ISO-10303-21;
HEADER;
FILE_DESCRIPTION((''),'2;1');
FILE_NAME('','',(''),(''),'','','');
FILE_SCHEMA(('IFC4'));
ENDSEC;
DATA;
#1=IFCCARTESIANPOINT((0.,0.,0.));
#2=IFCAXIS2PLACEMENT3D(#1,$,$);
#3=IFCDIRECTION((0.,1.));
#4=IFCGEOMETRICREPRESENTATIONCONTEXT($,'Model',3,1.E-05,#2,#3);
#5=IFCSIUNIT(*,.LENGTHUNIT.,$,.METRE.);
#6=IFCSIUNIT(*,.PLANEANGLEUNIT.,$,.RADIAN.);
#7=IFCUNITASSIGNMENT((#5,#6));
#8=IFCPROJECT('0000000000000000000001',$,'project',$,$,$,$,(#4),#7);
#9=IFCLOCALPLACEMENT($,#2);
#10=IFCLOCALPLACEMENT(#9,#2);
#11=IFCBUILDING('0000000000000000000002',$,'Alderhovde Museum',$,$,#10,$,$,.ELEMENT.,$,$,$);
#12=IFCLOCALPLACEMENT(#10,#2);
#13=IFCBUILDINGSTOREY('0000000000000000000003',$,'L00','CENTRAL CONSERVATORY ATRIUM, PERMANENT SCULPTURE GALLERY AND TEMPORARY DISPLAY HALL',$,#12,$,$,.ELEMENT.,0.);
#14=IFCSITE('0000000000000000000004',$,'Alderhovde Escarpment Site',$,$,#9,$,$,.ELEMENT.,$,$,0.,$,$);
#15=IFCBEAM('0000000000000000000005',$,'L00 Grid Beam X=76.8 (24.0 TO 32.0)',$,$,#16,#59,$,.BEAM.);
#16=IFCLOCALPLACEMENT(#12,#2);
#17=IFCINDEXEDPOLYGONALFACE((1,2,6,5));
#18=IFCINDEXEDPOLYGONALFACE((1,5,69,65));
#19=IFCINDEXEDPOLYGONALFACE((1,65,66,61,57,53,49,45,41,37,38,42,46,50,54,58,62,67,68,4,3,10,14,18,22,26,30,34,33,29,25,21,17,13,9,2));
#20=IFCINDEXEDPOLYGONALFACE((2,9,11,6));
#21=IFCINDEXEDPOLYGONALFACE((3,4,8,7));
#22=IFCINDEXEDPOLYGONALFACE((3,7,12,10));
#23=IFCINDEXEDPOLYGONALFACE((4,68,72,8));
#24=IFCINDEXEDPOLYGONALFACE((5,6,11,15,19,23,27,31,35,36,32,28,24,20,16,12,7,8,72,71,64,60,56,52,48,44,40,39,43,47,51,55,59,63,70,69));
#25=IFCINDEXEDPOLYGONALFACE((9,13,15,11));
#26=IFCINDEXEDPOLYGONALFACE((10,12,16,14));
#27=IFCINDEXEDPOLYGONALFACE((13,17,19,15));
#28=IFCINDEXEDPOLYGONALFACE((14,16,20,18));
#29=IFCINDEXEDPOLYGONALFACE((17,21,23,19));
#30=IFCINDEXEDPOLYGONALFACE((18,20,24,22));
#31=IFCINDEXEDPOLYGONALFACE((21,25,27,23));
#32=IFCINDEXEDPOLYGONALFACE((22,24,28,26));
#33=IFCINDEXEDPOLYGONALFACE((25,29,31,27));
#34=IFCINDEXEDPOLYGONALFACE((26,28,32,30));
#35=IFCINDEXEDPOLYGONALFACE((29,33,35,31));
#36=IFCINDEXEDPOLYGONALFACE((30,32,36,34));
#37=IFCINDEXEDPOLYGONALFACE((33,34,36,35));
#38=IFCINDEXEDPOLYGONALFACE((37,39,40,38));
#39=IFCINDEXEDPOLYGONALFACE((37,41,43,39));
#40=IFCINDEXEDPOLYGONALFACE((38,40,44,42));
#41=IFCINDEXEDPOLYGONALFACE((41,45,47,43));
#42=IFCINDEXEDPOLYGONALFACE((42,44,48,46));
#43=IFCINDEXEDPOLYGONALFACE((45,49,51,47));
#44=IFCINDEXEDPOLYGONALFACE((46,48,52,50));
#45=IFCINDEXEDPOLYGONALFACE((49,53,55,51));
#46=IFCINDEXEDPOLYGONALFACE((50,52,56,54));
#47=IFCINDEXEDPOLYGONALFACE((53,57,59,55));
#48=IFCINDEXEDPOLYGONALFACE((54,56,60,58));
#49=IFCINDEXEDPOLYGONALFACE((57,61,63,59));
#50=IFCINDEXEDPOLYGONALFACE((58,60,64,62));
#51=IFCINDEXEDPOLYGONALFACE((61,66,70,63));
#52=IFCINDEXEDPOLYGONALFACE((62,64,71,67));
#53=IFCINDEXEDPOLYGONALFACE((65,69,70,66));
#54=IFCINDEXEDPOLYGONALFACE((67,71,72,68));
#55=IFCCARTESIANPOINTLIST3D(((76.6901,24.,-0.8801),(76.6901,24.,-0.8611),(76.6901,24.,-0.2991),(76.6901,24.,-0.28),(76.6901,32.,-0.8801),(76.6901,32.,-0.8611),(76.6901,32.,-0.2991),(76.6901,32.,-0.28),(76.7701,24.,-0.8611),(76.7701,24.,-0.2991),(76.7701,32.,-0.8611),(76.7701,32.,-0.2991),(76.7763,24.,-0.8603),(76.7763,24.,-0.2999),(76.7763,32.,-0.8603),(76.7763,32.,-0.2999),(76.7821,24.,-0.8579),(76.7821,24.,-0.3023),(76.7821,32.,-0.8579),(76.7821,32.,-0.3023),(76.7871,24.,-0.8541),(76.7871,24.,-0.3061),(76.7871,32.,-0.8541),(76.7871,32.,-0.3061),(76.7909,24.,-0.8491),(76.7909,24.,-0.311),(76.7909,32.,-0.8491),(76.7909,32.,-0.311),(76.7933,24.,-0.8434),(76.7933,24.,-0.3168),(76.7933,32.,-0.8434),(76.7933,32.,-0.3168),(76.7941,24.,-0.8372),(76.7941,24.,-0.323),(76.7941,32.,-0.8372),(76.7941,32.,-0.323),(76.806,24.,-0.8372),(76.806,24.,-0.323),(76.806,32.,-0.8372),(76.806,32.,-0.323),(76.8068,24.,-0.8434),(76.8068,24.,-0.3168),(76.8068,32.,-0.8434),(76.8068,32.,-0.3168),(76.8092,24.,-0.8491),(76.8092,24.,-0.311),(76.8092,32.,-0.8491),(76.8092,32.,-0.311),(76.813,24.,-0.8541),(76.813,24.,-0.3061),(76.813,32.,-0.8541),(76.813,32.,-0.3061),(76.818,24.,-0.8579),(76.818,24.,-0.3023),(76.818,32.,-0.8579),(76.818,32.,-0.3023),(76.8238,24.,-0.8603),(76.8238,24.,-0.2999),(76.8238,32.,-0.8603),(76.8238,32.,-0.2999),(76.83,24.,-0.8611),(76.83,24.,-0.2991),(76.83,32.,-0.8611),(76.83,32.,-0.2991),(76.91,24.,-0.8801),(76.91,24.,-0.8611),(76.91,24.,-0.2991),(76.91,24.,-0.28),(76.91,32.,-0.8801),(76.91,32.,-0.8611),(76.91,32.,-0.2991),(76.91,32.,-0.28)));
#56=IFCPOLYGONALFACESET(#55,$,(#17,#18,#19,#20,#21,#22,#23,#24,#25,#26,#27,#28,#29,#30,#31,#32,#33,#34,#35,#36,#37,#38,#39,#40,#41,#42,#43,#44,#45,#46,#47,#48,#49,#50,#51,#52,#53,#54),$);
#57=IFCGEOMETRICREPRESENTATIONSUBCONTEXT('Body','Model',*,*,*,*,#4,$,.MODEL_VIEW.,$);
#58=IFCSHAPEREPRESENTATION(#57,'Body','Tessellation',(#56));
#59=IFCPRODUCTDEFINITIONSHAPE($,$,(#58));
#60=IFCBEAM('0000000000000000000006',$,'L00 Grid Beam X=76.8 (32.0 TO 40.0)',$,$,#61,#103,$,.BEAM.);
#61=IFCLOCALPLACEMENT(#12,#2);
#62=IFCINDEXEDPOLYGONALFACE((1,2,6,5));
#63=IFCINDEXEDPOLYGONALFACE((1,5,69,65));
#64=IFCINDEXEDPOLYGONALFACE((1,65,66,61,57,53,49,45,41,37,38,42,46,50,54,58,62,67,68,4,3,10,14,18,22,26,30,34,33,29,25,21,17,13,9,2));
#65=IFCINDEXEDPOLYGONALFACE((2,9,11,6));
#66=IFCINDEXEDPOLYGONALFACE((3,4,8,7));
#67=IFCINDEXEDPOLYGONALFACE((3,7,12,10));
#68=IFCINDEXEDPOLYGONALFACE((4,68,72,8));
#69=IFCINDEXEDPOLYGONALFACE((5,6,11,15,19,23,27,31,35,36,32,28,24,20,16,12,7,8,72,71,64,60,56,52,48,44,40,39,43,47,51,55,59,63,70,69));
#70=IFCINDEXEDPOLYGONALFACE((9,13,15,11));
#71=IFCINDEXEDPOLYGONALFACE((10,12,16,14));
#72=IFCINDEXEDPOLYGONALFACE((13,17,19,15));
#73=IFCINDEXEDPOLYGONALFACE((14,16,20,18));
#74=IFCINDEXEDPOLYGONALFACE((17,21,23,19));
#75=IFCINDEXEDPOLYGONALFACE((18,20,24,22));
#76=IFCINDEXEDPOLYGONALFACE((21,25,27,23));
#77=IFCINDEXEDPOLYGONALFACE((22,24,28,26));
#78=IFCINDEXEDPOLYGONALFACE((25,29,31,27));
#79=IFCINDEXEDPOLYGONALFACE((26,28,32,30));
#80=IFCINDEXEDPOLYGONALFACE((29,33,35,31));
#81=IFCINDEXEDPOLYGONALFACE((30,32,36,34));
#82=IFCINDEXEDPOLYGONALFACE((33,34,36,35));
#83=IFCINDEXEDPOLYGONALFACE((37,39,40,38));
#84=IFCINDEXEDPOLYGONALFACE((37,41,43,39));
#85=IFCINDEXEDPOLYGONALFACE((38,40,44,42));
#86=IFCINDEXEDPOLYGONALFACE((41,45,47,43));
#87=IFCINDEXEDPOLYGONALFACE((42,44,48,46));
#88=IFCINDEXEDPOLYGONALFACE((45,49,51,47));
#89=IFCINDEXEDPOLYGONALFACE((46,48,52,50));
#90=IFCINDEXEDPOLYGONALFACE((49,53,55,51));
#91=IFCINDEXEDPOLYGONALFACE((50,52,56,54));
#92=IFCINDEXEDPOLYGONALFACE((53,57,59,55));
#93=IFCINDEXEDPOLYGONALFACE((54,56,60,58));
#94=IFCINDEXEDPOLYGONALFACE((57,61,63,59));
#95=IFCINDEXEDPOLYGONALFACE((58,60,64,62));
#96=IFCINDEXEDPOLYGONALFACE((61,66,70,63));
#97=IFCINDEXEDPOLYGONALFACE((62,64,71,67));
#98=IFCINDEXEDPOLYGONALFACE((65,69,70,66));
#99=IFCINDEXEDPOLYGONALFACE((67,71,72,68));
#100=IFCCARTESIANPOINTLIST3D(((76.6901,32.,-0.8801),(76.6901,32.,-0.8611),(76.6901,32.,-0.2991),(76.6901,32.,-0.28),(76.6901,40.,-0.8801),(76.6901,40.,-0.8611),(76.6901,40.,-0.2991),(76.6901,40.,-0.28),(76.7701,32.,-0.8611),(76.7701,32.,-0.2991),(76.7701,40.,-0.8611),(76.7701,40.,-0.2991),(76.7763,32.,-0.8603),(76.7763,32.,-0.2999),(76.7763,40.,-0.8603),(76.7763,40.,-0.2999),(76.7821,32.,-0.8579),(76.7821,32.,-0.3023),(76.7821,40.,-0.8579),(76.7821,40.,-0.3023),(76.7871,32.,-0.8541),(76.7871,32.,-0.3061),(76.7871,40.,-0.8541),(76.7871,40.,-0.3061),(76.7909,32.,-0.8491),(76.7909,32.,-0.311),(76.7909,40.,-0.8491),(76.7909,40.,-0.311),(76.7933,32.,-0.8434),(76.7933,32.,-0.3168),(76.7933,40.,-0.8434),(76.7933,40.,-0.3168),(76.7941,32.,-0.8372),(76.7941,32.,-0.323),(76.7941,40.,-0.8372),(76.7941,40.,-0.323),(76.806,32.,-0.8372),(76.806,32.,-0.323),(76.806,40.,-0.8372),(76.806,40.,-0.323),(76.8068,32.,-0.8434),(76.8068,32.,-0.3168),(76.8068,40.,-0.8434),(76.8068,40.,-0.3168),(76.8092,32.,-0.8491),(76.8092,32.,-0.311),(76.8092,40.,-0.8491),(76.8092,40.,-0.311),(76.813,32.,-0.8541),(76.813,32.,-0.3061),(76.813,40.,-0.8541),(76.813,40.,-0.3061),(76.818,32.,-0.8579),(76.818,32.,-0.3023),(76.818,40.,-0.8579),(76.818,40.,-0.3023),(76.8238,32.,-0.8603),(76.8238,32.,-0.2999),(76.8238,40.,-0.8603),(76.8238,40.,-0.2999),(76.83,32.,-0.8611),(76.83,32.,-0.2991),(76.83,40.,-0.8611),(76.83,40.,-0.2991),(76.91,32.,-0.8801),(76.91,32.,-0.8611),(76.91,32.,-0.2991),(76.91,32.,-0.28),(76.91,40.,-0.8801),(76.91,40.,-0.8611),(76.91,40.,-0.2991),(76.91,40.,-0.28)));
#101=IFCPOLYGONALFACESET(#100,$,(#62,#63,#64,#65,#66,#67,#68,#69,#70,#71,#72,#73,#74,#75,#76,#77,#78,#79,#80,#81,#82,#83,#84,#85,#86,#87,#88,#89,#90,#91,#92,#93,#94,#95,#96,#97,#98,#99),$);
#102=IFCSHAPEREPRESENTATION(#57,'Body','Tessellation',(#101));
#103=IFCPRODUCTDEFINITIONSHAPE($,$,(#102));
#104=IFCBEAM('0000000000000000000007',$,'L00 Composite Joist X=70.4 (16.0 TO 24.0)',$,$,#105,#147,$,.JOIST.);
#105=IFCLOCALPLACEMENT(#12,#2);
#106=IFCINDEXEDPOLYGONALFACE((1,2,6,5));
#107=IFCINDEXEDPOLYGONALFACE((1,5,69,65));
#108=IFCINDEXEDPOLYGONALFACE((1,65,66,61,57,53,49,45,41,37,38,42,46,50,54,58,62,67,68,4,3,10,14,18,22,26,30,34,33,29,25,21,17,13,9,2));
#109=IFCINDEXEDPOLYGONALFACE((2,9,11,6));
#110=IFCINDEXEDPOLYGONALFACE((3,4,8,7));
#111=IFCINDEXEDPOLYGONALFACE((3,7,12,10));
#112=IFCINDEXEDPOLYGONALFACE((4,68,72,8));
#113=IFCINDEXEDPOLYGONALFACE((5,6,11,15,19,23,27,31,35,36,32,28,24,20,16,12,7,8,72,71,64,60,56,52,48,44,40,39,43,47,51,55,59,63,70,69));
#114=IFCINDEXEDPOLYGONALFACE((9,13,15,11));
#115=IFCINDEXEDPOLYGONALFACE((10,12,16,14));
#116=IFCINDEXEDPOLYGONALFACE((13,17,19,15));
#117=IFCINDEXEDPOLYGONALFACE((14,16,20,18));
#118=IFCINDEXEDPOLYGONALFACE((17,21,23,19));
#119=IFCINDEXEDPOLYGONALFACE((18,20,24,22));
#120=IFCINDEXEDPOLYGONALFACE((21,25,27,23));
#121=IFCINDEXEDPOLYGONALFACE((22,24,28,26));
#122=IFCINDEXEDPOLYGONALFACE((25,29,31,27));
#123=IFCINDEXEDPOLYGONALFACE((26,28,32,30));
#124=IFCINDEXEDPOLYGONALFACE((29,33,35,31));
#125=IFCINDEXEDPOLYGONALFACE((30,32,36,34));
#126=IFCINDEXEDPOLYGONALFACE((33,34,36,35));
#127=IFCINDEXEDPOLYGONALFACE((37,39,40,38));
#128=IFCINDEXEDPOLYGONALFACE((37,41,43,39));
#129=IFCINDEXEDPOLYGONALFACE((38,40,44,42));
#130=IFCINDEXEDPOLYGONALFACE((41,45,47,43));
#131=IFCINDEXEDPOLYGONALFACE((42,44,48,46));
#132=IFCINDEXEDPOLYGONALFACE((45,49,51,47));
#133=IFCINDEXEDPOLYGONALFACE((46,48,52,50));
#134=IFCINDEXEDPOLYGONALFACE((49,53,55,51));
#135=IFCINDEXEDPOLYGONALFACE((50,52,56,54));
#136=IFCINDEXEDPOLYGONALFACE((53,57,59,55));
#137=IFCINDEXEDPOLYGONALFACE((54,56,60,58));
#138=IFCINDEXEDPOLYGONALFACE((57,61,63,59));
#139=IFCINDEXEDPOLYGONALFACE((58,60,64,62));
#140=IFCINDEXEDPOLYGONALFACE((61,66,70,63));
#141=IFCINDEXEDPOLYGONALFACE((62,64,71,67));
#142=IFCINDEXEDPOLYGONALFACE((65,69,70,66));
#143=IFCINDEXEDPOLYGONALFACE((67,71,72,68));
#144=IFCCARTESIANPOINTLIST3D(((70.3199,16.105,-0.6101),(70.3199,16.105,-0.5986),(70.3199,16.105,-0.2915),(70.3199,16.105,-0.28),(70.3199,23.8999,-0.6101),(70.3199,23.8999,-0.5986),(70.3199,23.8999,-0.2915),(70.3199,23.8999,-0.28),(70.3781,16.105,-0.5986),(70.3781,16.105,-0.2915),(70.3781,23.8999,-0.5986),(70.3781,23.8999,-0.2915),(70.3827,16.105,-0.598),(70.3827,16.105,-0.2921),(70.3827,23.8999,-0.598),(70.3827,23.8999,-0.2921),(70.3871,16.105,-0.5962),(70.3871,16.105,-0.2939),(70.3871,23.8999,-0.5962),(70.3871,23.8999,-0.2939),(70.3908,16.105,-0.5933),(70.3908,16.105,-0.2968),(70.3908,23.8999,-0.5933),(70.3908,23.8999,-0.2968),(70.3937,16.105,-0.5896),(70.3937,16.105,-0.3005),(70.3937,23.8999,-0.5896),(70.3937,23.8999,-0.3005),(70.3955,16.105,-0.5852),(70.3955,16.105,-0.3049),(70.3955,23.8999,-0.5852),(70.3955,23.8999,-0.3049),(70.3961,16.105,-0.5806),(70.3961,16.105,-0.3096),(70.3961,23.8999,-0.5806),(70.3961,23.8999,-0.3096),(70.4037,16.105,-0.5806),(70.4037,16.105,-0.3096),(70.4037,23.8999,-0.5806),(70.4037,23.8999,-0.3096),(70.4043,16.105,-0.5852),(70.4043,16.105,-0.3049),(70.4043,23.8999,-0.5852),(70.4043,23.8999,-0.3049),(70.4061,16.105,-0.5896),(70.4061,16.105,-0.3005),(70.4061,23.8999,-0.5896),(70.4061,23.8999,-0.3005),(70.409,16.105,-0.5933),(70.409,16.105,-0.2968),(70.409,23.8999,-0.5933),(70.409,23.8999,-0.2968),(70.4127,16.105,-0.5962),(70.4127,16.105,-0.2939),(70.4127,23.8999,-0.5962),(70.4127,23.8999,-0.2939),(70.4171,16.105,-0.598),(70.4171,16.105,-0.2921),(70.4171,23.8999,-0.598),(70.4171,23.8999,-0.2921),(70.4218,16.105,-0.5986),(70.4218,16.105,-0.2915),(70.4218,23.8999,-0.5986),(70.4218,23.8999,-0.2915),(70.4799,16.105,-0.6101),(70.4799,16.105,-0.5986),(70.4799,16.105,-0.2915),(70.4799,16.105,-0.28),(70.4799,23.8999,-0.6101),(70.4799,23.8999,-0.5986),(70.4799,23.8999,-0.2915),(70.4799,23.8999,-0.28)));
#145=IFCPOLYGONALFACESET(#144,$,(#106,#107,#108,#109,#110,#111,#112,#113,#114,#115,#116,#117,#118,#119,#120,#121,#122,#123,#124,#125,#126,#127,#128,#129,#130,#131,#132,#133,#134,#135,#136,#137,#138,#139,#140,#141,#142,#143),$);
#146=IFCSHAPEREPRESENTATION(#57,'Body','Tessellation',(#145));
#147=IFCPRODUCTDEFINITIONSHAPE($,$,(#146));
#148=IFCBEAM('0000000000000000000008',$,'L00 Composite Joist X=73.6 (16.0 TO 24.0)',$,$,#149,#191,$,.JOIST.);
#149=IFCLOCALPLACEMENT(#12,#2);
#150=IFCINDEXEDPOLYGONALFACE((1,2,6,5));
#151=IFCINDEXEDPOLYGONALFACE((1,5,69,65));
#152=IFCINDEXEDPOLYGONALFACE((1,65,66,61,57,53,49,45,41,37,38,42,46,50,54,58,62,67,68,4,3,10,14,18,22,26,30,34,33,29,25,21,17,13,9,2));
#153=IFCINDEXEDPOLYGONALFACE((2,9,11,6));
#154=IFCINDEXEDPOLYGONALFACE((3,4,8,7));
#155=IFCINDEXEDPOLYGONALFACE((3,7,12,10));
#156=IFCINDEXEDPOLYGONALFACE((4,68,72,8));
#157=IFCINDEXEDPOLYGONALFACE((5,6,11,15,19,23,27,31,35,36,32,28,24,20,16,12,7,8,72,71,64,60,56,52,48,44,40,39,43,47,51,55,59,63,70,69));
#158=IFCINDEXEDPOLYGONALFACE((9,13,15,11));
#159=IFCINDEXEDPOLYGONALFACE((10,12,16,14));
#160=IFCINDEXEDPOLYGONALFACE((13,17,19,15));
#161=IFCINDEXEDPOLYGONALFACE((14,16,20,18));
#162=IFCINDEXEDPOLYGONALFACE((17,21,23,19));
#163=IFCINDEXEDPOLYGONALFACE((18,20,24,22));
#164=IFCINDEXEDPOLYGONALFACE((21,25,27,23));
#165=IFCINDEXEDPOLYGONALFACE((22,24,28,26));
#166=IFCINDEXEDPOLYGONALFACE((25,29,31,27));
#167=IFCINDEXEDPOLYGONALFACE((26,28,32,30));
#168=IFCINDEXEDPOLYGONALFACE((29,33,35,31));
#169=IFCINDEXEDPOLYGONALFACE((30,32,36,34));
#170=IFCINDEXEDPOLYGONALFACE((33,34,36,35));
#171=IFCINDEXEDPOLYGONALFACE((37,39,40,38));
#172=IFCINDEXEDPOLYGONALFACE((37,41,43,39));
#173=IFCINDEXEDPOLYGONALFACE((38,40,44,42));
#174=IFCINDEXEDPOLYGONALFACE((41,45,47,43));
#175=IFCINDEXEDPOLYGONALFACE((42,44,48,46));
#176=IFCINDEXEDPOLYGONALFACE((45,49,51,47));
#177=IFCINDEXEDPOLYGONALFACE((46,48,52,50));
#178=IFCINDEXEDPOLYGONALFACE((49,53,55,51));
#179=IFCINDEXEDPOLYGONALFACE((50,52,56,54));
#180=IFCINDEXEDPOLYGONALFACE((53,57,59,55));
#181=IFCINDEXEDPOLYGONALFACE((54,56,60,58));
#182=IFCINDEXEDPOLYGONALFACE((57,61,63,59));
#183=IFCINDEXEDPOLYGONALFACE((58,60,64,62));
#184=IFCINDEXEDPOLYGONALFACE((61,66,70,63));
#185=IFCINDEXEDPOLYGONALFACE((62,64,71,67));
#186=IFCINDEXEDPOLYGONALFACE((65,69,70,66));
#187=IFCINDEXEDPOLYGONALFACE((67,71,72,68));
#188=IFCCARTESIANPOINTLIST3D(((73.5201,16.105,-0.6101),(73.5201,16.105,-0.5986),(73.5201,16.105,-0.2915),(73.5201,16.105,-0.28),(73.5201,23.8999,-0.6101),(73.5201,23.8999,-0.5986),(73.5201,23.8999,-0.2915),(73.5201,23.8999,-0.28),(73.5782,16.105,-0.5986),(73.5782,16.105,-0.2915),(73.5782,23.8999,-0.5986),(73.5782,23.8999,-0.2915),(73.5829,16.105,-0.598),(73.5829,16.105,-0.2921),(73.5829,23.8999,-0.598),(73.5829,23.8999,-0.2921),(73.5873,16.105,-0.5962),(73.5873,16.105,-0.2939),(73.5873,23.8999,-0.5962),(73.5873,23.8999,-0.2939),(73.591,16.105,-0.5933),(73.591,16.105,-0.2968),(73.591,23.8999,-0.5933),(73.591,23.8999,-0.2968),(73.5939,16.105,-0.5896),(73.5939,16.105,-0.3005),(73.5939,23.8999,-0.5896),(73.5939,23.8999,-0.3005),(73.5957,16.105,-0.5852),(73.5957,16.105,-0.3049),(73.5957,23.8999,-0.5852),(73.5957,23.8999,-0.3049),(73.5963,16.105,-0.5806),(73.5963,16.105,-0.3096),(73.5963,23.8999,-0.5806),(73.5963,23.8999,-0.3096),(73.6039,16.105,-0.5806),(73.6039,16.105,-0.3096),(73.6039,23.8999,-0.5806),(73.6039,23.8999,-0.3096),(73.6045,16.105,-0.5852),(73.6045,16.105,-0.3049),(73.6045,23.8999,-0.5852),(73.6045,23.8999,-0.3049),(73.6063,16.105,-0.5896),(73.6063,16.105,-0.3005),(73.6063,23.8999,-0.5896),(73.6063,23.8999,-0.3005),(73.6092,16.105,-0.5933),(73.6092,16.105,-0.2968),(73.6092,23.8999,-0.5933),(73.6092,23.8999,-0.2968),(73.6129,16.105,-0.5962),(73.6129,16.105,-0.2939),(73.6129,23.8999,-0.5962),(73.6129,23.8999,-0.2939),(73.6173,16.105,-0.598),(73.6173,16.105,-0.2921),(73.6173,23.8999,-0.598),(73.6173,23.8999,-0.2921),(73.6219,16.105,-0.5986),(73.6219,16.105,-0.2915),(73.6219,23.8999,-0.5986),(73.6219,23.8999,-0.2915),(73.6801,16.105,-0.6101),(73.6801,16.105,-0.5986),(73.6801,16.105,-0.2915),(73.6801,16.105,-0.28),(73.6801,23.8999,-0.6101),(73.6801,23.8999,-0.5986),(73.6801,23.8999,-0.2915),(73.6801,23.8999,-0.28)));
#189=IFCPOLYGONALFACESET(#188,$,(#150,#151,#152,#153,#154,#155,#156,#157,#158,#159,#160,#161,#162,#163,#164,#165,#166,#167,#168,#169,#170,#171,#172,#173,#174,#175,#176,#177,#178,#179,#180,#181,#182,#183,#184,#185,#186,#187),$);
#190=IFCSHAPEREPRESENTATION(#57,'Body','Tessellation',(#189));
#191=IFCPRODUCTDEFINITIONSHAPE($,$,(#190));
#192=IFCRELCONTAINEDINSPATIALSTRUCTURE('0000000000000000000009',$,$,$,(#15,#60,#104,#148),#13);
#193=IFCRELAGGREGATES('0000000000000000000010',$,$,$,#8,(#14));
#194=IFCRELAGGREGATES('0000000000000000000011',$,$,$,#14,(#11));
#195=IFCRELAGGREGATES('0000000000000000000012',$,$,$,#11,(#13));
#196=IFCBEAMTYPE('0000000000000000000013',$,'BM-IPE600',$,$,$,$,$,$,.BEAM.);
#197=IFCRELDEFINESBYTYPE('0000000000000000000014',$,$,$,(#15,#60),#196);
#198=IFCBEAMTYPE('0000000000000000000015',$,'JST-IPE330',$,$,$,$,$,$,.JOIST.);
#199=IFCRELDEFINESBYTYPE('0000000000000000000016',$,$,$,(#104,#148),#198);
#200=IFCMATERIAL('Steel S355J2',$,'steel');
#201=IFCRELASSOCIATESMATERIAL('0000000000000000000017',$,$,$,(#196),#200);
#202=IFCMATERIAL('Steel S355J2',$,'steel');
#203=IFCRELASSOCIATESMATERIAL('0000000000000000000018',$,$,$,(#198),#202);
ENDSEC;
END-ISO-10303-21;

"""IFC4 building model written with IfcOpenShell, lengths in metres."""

from ifc_helpers import new_model, si_unit, direction, frame, origin, origin_2d, place, context, subcontext, project, spatial, i_section, extrude, material, material_profile, profile_set, type_object, element, save


model = new_model("IFC4")

# Units and contexts
model_context = context("Model", 3, precision=1e-05, world=origin(), true_north=direction((0.0, 1.0)))
body_context = subcontext(model_context, "Body", "Model", "MODEL_VIEW")
ifc_project = project(units=[si_unit("LENGTHUNIT", "METRE"), si_unit("PLANEANGLEUNIT", "RADIAN")], contexts=[model_context])

# Site, building, storey
site_placement = place(None, origin())
site = spatial("IfcSite", under=ifc_project, at=site_placement, Name="Alderhovde Escarpment Site", CompositionType="ELEMENT", RefElevation=0.0)
building_placement = place(site_placement, origin())
building = spatial("IfcBuilding", under=site, at=building_placement, Name="Alderhovde Museum", CompositionType="ELEMENT")
storey_placement = place(building_placement, origin())
storey = spatial("IfcBuildingStorey", under=building, at=storey_placement, Name="L00", Description="CENTRAL CONSERVATORY ATRIUM, PERMANENT SCULPTURE GALLERY AND TEMPORARY DISPLAY HALL", CompositionType="ELEMENT", Elevation=0.0)

# Beams
ifc_material_1 = material(Name="Steel S355J2", Category="steel")
ifc_material_profile_1 = material_profile(ifc_material_1, i_section(OverallWidth=0.22, OverallDepth=0.6001, WebThickness=0.012, FlangeThickness=0.019, FilletRadius=0.0239, at=origin_2d()), Name="IPE 600")
ifc_profile_set_1 = profile_set([ifc_material_profile_1], Name="Steel S355J2")
beam_type_1 = type_object("IfcBeamType", Name="BM-IPE600", PredefinedType="BEAM", material=ifc_profile_set_1)
for number, where, z_axis, x_axis, name in (
    (1, (76.8, 24.0, -0.5801), (0.0, 1.0, 0.0), (-1.0, 0.0, 0.0), "L00 Grid Beam X=76.8 (24.0 TO 32.0)"),
    (2, (76.8, 32.0, -0.5801), (0.0, 1.0, 0.0), (-1.0, 0.0, 0.0), "L00 Grid Beam X=76.8 (32.0 TO 40.0)"),
):
    element("IfcBeam", number, at=place(storey_placement, frame(where, z_axis=z_axis, x_axis=x_axis)), inside=storey, type_object=beam_type_1, Name=name, PredefinedType="BEAM", context=body_context, shape_type="SweptSolid", body=[
        extrude(i_section(OverallWidth=0.22, OverallDepth=0.6001, WebThickness=0.012, FlangeThickness=0.019, FilletRadius=0.0239, at=origin_2d()), origin(), (0.0, 0.0, 1.0), 8.0),
    ])
ifc_material_2 = material(Name="Steel S355J2", Category="steel")
ifc_material_profile_2 = material_profile(ifc_material_2, i_section(OverallWidth=0.1599, OverallDepth=0.3301, WebThickness=0.0076, FlangeThickness=0.0115, FilletRadius=0.0181, at=origin_2d()), Name="IPE 330")
ifc_profile_set_2 = profile_set([ifc_material_profile_2], Name="Steel S355J2")
beam_type_2 = type_object("IfcBeamType", Name="JST-IPE330", PredefinedType="JOIST", material=ifc_profile_set_2)
for number, where, z_axis, x_axis, name in (
    (3, (70.3999, 16.105, -0.4451), (0.0, 1.0, 0.0), (-1.0, 0.0, 0.0), "L00 Composite Joist X=70.4 (16.0 TO 24.0)"),
    (4, (73.6001, 16.105, -0.4451), (0.0, 1.0, 0.0), (-1.0, 0.0, 0.0), "L00 Composite Joist X=73.6 (16.0 TO 24.0)"),
):
    element("IfcBeam", number, at=place(storey_placement, frame(where, z_axis=z_axis, x_axis=x_axis)), inside=storey, type_object=beam_type_2, Name=name, PredefinedType="JOIST", context=body_context, shape_type="SweptSolid", body=[
        extrude(i_section(OverallWidth=0.1599, OverallDepth=0.3301, WebThickness=0.0076, FlangeThickness=0.0115, FilletRadius=0.0181, at=origin_2d()), origin(), (0.0, 0.0, 1.0), 7.7949),
    ])

save(model, "model.ifc")
